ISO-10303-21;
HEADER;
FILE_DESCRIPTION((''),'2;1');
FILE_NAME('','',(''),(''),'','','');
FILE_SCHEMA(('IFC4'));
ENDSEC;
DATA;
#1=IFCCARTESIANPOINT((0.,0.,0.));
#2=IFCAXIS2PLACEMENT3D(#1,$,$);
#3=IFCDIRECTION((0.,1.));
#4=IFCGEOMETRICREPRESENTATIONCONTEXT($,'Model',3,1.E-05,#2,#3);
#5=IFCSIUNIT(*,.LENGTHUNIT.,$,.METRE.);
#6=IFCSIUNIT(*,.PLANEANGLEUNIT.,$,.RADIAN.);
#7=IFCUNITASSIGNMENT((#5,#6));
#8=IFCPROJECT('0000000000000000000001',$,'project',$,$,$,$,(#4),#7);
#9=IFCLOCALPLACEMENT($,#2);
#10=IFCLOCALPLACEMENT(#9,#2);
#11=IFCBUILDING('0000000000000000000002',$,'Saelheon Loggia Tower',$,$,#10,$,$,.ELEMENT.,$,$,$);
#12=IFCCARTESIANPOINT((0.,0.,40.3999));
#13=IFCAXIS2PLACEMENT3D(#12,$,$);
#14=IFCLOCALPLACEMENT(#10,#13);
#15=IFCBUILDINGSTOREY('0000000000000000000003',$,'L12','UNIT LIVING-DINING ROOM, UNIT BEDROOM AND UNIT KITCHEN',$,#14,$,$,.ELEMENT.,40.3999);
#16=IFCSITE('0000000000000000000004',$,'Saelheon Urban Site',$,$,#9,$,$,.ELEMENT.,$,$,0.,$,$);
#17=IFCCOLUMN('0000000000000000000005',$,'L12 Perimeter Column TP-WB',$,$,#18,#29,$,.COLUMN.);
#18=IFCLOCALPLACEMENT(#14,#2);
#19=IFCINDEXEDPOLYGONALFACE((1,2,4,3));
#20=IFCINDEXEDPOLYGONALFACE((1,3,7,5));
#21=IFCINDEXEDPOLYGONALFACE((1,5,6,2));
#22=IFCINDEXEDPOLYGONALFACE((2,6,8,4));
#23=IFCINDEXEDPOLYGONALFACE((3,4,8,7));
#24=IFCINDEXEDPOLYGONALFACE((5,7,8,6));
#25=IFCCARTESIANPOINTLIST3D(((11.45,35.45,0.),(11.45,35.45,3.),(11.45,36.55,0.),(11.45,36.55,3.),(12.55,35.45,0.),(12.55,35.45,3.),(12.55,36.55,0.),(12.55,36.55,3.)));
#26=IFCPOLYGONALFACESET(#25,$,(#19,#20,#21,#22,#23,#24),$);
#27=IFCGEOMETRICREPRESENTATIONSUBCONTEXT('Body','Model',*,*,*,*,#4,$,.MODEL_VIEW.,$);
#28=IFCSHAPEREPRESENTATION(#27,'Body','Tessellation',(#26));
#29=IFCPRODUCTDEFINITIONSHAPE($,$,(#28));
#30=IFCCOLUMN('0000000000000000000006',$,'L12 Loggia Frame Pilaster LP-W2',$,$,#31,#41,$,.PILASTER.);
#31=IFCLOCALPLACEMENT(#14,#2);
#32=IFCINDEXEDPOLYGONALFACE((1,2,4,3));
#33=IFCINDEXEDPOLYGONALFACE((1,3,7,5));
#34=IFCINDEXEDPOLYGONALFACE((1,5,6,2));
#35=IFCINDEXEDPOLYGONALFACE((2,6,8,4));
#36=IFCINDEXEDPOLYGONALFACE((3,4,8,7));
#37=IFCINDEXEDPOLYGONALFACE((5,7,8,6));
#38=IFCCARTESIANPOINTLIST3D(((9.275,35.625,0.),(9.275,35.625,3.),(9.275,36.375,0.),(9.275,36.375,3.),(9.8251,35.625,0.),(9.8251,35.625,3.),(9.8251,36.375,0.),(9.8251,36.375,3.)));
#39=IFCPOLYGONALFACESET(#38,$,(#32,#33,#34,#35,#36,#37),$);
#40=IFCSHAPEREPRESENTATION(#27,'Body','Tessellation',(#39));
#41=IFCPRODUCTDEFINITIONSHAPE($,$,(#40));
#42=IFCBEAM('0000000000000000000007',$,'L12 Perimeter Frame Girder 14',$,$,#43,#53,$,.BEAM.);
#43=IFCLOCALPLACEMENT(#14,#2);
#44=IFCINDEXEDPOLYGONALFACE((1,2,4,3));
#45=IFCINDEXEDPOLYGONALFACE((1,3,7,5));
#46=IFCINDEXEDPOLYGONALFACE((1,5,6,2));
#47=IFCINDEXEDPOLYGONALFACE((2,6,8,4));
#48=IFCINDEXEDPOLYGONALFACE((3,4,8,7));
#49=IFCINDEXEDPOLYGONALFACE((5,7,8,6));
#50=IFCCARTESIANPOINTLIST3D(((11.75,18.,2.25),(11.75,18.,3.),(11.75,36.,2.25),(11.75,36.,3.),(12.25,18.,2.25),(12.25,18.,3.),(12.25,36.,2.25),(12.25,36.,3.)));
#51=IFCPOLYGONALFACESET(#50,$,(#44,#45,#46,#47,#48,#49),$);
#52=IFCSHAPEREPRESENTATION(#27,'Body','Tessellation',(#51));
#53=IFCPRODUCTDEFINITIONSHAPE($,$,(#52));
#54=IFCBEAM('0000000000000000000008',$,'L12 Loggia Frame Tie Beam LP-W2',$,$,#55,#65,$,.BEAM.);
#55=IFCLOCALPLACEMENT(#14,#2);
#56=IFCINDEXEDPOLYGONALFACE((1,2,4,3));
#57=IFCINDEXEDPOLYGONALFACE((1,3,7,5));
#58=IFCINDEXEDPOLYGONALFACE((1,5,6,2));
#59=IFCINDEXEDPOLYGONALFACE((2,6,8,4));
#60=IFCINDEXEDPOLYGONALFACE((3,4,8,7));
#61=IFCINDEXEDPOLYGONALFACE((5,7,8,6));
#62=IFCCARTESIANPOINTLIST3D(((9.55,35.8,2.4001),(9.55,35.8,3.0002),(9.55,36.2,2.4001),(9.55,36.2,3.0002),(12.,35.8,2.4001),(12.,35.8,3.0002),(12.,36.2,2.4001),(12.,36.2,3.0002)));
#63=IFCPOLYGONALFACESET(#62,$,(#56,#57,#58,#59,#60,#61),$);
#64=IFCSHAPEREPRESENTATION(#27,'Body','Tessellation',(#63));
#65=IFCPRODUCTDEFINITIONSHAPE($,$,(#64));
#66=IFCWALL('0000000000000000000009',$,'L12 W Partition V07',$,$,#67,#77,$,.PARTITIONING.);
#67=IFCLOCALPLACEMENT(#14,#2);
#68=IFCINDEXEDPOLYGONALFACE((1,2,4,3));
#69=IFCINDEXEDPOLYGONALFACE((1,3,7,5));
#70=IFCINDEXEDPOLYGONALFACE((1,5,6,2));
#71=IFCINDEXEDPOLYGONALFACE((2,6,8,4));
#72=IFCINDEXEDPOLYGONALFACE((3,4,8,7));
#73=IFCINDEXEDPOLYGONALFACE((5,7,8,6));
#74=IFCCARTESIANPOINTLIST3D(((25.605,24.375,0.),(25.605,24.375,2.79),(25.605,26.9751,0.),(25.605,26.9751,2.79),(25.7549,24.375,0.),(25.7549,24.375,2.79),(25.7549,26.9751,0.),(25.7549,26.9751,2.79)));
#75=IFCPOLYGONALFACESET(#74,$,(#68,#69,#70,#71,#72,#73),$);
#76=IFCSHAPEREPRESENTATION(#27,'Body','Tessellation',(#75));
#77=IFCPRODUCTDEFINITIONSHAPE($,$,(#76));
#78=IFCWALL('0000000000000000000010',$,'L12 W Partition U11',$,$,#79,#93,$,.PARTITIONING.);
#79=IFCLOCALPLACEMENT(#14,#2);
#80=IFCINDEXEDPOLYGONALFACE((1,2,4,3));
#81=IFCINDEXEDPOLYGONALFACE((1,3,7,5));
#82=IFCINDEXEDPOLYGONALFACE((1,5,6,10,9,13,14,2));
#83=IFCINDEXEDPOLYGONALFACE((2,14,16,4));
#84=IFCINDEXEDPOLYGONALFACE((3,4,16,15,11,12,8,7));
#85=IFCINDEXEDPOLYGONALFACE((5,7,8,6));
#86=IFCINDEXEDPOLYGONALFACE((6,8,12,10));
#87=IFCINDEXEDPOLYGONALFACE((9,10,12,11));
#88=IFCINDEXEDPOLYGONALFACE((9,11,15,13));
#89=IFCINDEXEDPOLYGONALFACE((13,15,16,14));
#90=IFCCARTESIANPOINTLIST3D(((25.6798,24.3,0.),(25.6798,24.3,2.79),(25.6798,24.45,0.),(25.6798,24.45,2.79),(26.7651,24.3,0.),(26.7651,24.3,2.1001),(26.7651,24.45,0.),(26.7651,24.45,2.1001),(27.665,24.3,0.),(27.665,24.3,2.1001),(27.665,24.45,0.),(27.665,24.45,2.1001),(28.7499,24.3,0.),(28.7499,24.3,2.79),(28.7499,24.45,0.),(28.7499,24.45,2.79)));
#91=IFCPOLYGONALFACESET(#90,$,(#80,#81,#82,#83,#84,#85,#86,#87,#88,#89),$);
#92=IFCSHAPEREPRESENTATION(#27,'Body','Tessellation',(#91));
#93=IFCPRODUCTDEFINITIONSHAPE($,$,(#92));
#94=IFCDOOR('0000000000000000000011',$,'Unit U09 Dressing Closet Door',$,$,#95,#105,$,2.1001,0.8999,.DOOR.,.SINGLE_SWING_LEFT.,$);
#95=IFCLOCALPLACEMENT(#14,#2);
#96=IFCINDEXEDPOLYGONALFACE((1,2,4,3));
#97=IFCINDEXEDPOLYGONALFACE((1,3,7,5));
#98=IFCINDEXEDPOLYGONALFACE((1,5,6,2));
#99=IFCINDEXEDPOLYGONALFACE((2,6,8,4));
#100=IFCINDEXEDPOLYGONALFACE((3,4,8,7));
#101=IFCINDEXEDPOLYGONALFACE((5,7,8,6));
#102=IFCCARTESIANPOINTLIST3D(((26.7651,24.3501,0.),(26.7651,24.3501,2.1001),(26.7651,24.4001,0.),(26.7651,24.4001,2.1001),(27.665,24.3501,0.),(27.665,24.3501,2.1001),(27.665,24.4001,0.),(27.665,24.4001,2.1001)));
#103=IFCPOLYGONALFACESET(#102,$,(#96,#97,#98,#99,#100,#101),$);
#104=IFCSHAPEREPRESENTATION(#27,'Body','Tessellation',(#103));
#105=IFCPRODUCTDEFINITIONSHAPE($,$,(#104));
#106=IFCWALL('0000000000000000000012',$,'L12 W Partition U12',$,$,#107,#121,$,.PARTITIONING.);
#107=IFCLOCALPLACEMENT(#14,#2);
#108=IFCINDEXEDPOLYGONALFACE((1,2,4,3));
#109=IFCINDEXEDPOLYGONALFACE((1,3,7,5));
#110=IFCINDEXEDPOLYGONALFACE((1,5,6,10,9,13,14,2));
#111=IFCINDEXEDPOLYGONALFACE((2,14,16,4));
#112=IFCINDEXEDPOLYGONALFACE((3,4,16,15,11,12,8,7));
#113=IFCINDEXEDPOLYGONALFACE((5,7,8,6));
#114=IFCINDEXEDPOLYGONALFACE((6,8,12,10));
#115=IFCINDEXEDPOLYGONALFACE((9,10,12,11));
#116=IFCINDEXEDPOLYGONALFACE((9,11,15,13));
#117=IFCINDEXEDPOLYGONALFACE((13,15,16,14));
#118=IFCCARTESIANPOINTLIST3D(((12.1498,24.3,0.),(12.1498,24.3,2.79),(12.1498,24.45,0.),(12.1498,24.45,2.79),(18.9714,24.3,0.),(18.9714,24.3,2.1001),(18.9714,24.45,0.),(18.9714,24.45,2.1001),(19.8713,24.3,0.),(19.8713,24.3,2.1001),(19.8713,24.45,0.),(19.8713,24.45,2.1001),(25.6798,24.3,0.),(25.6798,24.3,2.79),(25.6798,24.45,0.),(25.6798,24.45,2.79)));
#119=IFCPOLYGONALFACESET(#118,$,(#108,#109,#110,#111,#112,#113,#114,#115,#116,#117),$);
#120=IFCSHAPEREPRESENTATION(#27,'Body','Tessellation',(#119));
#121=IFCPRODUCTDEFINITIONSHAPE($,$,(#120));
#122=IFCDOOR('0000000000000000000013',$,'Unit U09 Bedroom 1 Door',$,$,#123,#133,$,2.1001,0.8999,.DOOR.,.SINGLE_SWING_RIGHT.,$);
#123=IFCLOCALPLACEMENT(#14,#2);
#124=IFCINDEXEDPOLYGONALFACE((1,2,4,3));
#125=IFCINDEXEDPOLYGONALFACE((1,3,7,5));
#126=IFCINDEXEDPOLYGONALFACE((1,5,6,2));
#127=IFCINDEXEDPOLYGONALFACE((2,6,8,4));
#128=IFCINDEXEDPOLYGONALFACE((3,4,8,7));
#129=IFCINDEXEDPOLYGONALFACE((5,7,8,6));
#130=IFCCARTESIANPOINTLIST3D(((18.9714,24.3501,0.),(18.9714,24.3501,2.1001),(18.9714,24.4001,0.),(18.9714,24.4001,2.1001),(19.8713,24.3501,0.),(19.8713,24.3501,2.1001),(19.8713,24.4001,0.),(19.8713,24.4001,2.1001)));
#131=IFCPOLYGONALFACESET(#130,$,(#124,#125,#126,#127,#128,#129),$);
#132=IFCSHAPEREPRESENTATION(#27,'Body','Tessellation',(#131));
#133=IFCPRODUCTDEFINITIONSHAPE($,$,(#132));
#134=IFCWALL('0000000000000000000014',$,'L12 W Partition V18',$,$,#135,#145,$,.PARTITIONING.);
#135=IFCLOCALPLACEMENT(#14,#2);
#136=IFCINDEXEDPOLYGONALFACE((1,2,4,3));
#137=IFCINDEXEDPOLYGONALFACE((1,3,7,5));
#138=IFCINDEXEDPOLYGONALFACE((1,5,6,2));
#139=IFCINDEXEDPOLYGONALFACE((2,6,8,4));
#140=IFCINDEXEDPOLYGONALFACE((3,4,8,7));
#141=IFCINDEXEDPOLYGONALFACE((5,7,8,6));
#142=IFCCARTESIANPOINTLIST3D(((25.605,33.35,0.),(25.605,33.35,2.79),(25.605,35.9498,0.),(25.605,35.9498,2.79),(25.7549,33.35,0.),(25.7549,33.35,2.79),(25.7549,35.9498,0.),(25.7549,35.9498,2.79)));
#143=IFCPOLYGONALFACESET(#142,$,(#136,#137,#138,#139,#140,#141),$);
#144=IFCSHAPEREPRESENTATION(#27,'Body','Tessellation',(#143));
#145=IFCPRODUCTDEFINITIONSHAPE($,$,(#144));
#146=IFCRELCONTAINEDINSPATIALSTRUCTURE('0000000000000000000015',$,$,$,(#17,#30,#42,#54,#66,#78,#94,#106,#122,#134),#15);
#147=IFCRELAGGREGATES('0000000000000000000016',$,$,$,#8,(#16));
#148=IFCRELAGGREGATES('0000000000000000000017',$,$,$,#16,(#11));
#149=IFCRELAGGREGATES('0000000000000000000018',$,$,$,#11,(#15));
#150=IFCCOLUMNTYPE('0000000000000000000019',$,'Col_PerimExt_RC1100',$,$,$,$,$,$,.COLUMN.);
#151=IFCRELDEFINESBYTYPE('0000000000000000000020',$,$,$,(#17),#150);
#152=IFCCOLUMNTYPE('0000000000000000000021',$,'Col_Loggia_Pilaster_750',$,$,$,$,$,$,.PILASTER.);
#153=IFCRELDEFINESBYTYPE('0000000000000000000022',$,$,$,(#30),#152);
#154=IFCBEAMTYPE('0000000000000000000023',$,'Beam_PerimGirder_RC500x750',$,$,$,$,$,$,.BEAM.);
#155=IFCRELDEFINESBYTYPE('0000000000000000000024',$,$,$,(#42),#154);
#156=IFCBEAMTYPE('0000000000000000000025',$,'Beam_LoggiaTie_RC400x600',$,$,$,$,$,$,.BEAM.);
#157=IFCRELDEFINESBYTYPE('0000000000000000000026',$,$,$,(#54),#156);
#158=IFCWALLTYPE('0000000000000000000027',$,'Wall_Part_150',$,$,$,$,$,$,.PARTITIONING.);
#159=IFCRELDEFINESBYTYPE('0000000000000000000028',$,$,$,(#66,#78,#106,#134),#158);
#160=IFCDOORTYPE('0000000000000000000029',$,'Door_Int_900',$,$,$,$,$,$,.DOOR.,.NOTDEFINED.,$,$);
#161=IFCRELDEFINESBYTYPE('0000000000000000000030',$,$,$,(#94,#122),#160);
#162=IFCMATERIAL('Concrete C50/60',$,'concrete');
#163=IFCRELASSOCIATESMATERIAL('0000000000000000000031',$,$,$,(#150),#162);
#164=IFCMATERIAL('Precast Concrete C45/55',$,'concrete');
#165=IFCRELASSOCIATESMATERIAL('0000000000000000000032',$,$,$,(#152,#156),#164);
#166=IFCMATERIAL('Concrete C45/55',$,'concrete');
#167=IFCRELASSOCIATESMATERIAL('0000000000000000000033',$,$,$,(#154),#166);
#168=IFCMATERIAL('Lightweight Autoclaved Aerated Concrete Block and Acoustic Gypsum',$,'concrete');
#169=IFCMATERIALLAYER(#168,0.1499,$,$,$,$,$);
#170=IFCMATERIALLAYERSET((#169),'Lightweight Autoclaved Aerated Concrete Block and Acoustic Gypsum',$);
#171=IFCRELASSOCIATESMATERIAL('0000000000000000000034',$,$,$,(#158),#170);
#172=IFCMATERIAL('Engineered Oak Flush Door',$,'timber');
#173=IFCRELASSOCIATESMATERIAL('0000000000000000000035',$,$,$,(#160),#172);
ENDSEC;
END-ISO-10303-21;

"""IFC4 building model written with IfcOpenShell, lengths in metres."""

from ifc_helpers import new_model, si_unit, direction, frame, frame_2d, origin, origin_2d, place, context, subcontext, project, spatial, rectangle, extrude, source, transform, mapped, material, layer, layer_set, material_profile, profile_set, type_object, element, fill, save


model = new_model("IFC4")

# Units and contexts
model_context = context("Model", 3, precision=1e-05, world=origin(), true_north=direction((0.0, 1.0)))
body_context = subcontext(model_context, "Body", "Model", "MODEL_VIEW")
ifc_project = project(units=[si_unit("LENGTHUNIT", "METRE"), si_unit("PLANEANGLEUNIT", "RADIAN")], contexts=[model_context])

# Site, building, storey
site_placement = place(None, origin())
site = spatial("IfcSite", under=ifc_project, at=site_placement, Name="Saelheon Urban Site", CompositionType="ELEMENT", RefElevation=0.0)
building_placement = place(site_placement, origin())
building = spatial("IfcBuilding", under=site, at=building_placement, Name="Saelheon Loggia Tower", CompositionType="ELEMENT")
storey_placement = place(building_placement, frame((0.0, 0.0, 40.3999)))
storey = spatial("IfcBuildingStorey", under=building, at=storey_placement, Name="L12", Description="UNIT LIVING-DINING ROOM, UNIT BEDROOM AND UNIT KITCHEN", CompositionType="ELEMENT", Elevation=40.3999)

# Columns
ifc_material_1 = material(Name="Concrete C50/60", Category="concrete")
ifc_material_profile_1 = material_profile(ifc_material_1, rectangle(XDim=1.1001, YDim=1.1001, at=origin_2d()), Name="RC-1100x1100")
ifc_profile_set_1 = profile_set([ifc_material_profile_1], Name="Concrete C50/60")
column_type_1 = type_object("IfcColumnType", Name="Col_PerimExt_RC1100", PredefinedType="COLUMN", material=ifc_profile_set_1)
shared_shape_1 = source(origin(), body_context, "Body", "SweptSolid", [
    extrude(rectangle(XDim=1.1001, YDim=1.1001, at=origin_2d()), origin(), (0.0, 0.0, 1.0), 3.0),
])
column_1_placement = place(storey_placement, frame((12.0, 36.0, 0.0), z_axis=(0.0, 0.0, 1.0), x_axis=(1.0, 0.0, 0.0)))
element("IfcColumn", 1, at=column_1_placement, inside=storey, type_object=column_type_1, Name="L12 Perimeter Column TP-WB", PredefinedType="COLUMN", context=body_context, shape_type="MappedRepresentation", body=[
    mapped(shared_shape_1, transform((0.0, 0.0, 0.0), scale=1.0)),
])
ifc_material_2 = material(Name="Precast Concrete C45/55", Category="concrete")
ifc_material_profile_2 = material_profile(ifc_material_2, rectangle(XDim=0.55, YDim=0.75, at=origin_2d()), Name="RC-550x750")
ifc_profile_set_2 = profile_set([ifc_material_profile_2], Name="Precast Concrete C45/55")
column_type_2 = type_object("IfcColumnType", Name="Col_Loggia_Pilaster_750", PredefinedType="PILASTER", material=ifc_profile_set_2)
shared_shape_2 = source(origin(), body_context, "Body", "SweptSolid", [
    extrude(rectangle(XDim=0.55, YDim=0.75, at=origin_2d()), origin(), (0.0, 0.0, 1.0), 3.0),
])
column_2_placement = place(storey_placement, frame((9.55, 36.0, 0.0), z_axis=(0.0, 0.0, 1.0), x_axis=(1.0, 0.0, 0.0)))
element("IfcColumn", 2, at=column_2_placement, inside=storey, type_object=column_type_2, Name="L12 Loggia Frame Pilaster LP-W2", PredefinedType="PILASTER", context=body_context, shape_type="MappedRepresentation", body=[
    mapped(shared_shape_2, transform((0.0, 0.0, 0.0), scale=1.0)),
])

# Beams
ifc_material_3 = material(Name="Concrete C45/55", Category="concrete")
ifc_material_profile_3 = material_profile(ifc_material_3, rectangle(XDim=0.5, YDim=0.75, at=origin_2d()), Name="RC-500x750")
ifc_profile_set_3 = profile_set([ifc_material_profile_3], Name="Concrete C45/55")
beam_type_1 = type_object("IfcBeamType", Name="Beam_PerimGirder_RC500x750", PredefinedType="BEAM", material=ifc_profile_set_3)
shared_shape_3 = source(origin(), body_context, "Body", "SweptSolid", [
    extrude(rectangle(XDim=0.5, YDim=0.75, at=origin_2d()), origin(), (0.0, 0.0, 1.0), 18.0),
])
beam_1_placement = place(storey_placement, frame((12.0, 36.0, 2.625), z_axis=(0.0, -1.0, 0.0), x_axis=(1.0, 0.0, 0.0)))
element("IfcBeam", 3, at=beam_1_placement, inside=storey, type_object=beam_type_1, Name="L12 Perimeter Frame Girder 14", PredefinedType="BEAM", context=body_context, shape_type="MappedRepresentation", body=[
    mapped(shared_shape_3, transform((0.0, 0.0, 0.0), scale=1.0)),
])
ifc_material_profile_4 = material_profile(ifc_material_2, rectangle(XDim=0.3999, YDim=0.6001, at=origin_2d()), Name="RC-400x600")
ifc_profile_set_4 = profile_set([ifc_material_profile_4], Name="Precast Concrete C45/55")
beam_type_2 = type_object("IfcBeamType", Name="Beam_LoggiaTie_RC400x600", PredefinedType="BEAM", material=ifc_profile_set_4)
shared_shape_4 = source(origin(), body_context, "Body", "SweptSolid", [
    extrude(rectangle(XDim=0.3999, YDim=0.6001, at=origin_2d()), origin(), (0.0, 0.0, 1.0), 2.45),
])
beam_2_placement = place(storey_placement, frame((12.0, 36.0, 2.7002), z_axis=(-1.0, 0.0, 0.0), x_axis=(0.0, -1.0, 0.0)))
element("IfcBeam", 4, at=beam_2_placement, inside=storey, type_object=beam_type_2, Name="L12 Loggia Frame Tie Beam LP-W2", PredefinedType="BEAM", context=body_context, shape_type="MappedRepresentation", body=[
    mapped(shared_shape_4, transform((0.0, 0.0, 0.0), scale=1.0)),
])

# Wall
ifc_material_4 = material(Name="Lightweight Autoclaved Aerated Concrete Block and Acoustic Gypsum", Category="concrete")
ifc_layer_1 = layer(ifc_material_4, 0.1499)
ifc_layer_set_1 = layer_set([ifc_layer_1], Name="Lightweight Autoclaved Aerated Concrete Block and Acoustic Gypsum")
wall_type_1 = type_object("IfcWallType", Name="Wall_Part_150", PredefinedType="PARTITIONING", material=ifc_layer_set_1)
wall_1_placement = place(storey_placement, frame((25.6799, 24.375, 0.0), z_axis=(0.0, 0.0, 1.0), x_axis=(0.0, 1.0, 0.0)))
element("IfcWall", 5, at=wall_1_placement, inside=storey, type_object=wall_type_1, Name="L12 W Partition V07", PredefinedType="PARTITIONING", context=body_context, shape_type="SweptSolid", body=[
    extrude(rectangle(XDim=2.6001, YDim=0.1499, at=frame_2d((1.3, 0.0))), origin(), (0.0, 0.0, 1.0), 2.79),
])

# Walls, openings, doors
wall_2_placement = place(storey_placement, frame((28.75, 24.375, 0.0), z_axis=(0.0, 0.0, 1.0), x_axis=(-1.0, 0.0, 0.0)))
wall_2 = element("IfcWall", 6, at=wall_2_placement, inside=storey, type_object=wall_type_1, Name="L12 W Partition U11", PredefinedType="PARTITIONING", context=body_context, shape_type="SweptSolid", body=[
    extrude(rectangle(XDim=3.0701, YDim=0.1499, at=frame_2d((1.5352, 0.0))), origin(), (0.0, 0.0, 1.0), 2.79),
])
opening_1_placement = place(wall_2_placement, frame((1.085, 0.0, 0.0)))
opening_1 = element("IfcOpeningElement", 7, at=opening_1_placement, cuts=wall_2, PredefinedType="OPENING", context=body_context, shape_type="SweptSolid", body=[
    extrude(rectangle(XDim=0.8999, YDim=2.1001, at=frame_2d((0.45, 1.05))), frame((0.0, 0.0869, 0.0), z_axis=(0.0, -1.0, 0.0), x_axis=(1.0, 0.0, 0.0)), (0.0, 0.0, 1.0), 0.1738),
])
ifc_material_5 = material(Name="Engineered Oak Flush Door", Category="timber")
door_type_1 = type_object("IfcDoorType", Name="Door_Int_900", OperationType="NOTDEFINED", PredefinedType="DOOR", material=ifc_material_5)
shared_shape_5 = source(origin(), body_context, "Body", "SweptSolid", [
    extrude(rectangle(XDim=0.8999, YDim=2.1001, at=frame_2d((0.45, 1.05))), frame((0.0, 0.0249, 0.0), z_axis=(0.0, -1.0, 0.0), x_axis=(1.0, 0.0, 0.0)), (0.0, 0.0, 1.0), 0.05),
])
door_1_placement = place(opening_1_placement, origin())
door_1 = element("IfcDoor", 8, at=door_1_placement, inside=storey, type_object=door_type_1, Name="Unit U09 Dressing Closet Door", OperationType="SINGLE_SWING_LEFT", OverallHeight=2.1001, OverallWidth=0.8999, PredefinedType="DOOR", context=body_context, shape_type="MappedRepresentation", body=[
    mapped(shared_shape_5, transform((0.0, 0.0, 0.0), scale=1.0)),
])
fill(opening_1, door_1)
wall_3_placement = place(storey_placement, frame((25.6799, 24.375, 0.0), z_axis=(0.0, 0.0, 1.0), x_axis=(-1.0, 0.0, 0.0)))
wall_3 = element("IfcWall", 9, at=wall_3_placement, inside=storey, type_object=wall_type_1, Name="L12 W Partition U12", PredefinedType="PARTITIONING", context=body_context, shape_type="SweptSolid", body=[
    extrude(rectangle(XDim=13.53, YDim=0.1499, at=frame_2d((6.7651, 0.0))), origin(), (0.0, 0.0, 1.0), 2.79),
])
opening_2_placement = place(wall_3_placement, frame((5.8086, 0.0, 0.0)))
opening_2 = element("IfcOpeningElement", 10, at=opening_2_placement, cuts=wall_3, PredefinedType="OPENING", context=body_context, shape_type="SweptSolid", body=[
    extrude(rectangle(XDim=0.8999, YDim=2.1001, at=frame_2d((0.45, 1.05))), frame((0.0, 0.0869, 0.0), z_axis=(0.0, -1.0, 0.0), x_axis=(1.0, 0.0, 0.0)), (0.0, 0.0, 1.0), 0.1738),
])
door_2_placement = place(opening_2_placement, origin())
door_2 = element("IfcDoor", 11, at=door_2_placement, inside=storey, type_object=door_type_1, Name="Unit U09 Bedroom 1 Door", OperationType="SINGLE_SWING_RIGHT", OverallHeight=2.1001, OverallWidth=0.8999, PredefinedType="DOOR", context=body_context, shape_type="MappedRepresentation", body=[
    mapped(shared_shape_5, transform((0.0, 0.0, 0.0), scale=1.0)),
])
fill(opening_2, door_2)

# Wall
wall_4_placement = place(storey_placement, frame((25.6799, 33.3501, 0.0), z_axis=(0.0, 0.0, 1.0), x_axis=(0.0, 1.0, 0.0)))
element("IfcWall", 12, at=wall_4_placement, inside=storey, type_object=wall_type_1, Name="L12 W Partition V18", PredefinedType="PARTITIONING", context=body_context, shape_type="SweptSolid", body=[
    extrude(rectangle(XDim=2.5999, YDim=0.1499, at=frame_2d((1.2998, 0.0))), origin(), (0.0, 0.0, 1.0), 2.79),
])

save(model, "model.ifc")
